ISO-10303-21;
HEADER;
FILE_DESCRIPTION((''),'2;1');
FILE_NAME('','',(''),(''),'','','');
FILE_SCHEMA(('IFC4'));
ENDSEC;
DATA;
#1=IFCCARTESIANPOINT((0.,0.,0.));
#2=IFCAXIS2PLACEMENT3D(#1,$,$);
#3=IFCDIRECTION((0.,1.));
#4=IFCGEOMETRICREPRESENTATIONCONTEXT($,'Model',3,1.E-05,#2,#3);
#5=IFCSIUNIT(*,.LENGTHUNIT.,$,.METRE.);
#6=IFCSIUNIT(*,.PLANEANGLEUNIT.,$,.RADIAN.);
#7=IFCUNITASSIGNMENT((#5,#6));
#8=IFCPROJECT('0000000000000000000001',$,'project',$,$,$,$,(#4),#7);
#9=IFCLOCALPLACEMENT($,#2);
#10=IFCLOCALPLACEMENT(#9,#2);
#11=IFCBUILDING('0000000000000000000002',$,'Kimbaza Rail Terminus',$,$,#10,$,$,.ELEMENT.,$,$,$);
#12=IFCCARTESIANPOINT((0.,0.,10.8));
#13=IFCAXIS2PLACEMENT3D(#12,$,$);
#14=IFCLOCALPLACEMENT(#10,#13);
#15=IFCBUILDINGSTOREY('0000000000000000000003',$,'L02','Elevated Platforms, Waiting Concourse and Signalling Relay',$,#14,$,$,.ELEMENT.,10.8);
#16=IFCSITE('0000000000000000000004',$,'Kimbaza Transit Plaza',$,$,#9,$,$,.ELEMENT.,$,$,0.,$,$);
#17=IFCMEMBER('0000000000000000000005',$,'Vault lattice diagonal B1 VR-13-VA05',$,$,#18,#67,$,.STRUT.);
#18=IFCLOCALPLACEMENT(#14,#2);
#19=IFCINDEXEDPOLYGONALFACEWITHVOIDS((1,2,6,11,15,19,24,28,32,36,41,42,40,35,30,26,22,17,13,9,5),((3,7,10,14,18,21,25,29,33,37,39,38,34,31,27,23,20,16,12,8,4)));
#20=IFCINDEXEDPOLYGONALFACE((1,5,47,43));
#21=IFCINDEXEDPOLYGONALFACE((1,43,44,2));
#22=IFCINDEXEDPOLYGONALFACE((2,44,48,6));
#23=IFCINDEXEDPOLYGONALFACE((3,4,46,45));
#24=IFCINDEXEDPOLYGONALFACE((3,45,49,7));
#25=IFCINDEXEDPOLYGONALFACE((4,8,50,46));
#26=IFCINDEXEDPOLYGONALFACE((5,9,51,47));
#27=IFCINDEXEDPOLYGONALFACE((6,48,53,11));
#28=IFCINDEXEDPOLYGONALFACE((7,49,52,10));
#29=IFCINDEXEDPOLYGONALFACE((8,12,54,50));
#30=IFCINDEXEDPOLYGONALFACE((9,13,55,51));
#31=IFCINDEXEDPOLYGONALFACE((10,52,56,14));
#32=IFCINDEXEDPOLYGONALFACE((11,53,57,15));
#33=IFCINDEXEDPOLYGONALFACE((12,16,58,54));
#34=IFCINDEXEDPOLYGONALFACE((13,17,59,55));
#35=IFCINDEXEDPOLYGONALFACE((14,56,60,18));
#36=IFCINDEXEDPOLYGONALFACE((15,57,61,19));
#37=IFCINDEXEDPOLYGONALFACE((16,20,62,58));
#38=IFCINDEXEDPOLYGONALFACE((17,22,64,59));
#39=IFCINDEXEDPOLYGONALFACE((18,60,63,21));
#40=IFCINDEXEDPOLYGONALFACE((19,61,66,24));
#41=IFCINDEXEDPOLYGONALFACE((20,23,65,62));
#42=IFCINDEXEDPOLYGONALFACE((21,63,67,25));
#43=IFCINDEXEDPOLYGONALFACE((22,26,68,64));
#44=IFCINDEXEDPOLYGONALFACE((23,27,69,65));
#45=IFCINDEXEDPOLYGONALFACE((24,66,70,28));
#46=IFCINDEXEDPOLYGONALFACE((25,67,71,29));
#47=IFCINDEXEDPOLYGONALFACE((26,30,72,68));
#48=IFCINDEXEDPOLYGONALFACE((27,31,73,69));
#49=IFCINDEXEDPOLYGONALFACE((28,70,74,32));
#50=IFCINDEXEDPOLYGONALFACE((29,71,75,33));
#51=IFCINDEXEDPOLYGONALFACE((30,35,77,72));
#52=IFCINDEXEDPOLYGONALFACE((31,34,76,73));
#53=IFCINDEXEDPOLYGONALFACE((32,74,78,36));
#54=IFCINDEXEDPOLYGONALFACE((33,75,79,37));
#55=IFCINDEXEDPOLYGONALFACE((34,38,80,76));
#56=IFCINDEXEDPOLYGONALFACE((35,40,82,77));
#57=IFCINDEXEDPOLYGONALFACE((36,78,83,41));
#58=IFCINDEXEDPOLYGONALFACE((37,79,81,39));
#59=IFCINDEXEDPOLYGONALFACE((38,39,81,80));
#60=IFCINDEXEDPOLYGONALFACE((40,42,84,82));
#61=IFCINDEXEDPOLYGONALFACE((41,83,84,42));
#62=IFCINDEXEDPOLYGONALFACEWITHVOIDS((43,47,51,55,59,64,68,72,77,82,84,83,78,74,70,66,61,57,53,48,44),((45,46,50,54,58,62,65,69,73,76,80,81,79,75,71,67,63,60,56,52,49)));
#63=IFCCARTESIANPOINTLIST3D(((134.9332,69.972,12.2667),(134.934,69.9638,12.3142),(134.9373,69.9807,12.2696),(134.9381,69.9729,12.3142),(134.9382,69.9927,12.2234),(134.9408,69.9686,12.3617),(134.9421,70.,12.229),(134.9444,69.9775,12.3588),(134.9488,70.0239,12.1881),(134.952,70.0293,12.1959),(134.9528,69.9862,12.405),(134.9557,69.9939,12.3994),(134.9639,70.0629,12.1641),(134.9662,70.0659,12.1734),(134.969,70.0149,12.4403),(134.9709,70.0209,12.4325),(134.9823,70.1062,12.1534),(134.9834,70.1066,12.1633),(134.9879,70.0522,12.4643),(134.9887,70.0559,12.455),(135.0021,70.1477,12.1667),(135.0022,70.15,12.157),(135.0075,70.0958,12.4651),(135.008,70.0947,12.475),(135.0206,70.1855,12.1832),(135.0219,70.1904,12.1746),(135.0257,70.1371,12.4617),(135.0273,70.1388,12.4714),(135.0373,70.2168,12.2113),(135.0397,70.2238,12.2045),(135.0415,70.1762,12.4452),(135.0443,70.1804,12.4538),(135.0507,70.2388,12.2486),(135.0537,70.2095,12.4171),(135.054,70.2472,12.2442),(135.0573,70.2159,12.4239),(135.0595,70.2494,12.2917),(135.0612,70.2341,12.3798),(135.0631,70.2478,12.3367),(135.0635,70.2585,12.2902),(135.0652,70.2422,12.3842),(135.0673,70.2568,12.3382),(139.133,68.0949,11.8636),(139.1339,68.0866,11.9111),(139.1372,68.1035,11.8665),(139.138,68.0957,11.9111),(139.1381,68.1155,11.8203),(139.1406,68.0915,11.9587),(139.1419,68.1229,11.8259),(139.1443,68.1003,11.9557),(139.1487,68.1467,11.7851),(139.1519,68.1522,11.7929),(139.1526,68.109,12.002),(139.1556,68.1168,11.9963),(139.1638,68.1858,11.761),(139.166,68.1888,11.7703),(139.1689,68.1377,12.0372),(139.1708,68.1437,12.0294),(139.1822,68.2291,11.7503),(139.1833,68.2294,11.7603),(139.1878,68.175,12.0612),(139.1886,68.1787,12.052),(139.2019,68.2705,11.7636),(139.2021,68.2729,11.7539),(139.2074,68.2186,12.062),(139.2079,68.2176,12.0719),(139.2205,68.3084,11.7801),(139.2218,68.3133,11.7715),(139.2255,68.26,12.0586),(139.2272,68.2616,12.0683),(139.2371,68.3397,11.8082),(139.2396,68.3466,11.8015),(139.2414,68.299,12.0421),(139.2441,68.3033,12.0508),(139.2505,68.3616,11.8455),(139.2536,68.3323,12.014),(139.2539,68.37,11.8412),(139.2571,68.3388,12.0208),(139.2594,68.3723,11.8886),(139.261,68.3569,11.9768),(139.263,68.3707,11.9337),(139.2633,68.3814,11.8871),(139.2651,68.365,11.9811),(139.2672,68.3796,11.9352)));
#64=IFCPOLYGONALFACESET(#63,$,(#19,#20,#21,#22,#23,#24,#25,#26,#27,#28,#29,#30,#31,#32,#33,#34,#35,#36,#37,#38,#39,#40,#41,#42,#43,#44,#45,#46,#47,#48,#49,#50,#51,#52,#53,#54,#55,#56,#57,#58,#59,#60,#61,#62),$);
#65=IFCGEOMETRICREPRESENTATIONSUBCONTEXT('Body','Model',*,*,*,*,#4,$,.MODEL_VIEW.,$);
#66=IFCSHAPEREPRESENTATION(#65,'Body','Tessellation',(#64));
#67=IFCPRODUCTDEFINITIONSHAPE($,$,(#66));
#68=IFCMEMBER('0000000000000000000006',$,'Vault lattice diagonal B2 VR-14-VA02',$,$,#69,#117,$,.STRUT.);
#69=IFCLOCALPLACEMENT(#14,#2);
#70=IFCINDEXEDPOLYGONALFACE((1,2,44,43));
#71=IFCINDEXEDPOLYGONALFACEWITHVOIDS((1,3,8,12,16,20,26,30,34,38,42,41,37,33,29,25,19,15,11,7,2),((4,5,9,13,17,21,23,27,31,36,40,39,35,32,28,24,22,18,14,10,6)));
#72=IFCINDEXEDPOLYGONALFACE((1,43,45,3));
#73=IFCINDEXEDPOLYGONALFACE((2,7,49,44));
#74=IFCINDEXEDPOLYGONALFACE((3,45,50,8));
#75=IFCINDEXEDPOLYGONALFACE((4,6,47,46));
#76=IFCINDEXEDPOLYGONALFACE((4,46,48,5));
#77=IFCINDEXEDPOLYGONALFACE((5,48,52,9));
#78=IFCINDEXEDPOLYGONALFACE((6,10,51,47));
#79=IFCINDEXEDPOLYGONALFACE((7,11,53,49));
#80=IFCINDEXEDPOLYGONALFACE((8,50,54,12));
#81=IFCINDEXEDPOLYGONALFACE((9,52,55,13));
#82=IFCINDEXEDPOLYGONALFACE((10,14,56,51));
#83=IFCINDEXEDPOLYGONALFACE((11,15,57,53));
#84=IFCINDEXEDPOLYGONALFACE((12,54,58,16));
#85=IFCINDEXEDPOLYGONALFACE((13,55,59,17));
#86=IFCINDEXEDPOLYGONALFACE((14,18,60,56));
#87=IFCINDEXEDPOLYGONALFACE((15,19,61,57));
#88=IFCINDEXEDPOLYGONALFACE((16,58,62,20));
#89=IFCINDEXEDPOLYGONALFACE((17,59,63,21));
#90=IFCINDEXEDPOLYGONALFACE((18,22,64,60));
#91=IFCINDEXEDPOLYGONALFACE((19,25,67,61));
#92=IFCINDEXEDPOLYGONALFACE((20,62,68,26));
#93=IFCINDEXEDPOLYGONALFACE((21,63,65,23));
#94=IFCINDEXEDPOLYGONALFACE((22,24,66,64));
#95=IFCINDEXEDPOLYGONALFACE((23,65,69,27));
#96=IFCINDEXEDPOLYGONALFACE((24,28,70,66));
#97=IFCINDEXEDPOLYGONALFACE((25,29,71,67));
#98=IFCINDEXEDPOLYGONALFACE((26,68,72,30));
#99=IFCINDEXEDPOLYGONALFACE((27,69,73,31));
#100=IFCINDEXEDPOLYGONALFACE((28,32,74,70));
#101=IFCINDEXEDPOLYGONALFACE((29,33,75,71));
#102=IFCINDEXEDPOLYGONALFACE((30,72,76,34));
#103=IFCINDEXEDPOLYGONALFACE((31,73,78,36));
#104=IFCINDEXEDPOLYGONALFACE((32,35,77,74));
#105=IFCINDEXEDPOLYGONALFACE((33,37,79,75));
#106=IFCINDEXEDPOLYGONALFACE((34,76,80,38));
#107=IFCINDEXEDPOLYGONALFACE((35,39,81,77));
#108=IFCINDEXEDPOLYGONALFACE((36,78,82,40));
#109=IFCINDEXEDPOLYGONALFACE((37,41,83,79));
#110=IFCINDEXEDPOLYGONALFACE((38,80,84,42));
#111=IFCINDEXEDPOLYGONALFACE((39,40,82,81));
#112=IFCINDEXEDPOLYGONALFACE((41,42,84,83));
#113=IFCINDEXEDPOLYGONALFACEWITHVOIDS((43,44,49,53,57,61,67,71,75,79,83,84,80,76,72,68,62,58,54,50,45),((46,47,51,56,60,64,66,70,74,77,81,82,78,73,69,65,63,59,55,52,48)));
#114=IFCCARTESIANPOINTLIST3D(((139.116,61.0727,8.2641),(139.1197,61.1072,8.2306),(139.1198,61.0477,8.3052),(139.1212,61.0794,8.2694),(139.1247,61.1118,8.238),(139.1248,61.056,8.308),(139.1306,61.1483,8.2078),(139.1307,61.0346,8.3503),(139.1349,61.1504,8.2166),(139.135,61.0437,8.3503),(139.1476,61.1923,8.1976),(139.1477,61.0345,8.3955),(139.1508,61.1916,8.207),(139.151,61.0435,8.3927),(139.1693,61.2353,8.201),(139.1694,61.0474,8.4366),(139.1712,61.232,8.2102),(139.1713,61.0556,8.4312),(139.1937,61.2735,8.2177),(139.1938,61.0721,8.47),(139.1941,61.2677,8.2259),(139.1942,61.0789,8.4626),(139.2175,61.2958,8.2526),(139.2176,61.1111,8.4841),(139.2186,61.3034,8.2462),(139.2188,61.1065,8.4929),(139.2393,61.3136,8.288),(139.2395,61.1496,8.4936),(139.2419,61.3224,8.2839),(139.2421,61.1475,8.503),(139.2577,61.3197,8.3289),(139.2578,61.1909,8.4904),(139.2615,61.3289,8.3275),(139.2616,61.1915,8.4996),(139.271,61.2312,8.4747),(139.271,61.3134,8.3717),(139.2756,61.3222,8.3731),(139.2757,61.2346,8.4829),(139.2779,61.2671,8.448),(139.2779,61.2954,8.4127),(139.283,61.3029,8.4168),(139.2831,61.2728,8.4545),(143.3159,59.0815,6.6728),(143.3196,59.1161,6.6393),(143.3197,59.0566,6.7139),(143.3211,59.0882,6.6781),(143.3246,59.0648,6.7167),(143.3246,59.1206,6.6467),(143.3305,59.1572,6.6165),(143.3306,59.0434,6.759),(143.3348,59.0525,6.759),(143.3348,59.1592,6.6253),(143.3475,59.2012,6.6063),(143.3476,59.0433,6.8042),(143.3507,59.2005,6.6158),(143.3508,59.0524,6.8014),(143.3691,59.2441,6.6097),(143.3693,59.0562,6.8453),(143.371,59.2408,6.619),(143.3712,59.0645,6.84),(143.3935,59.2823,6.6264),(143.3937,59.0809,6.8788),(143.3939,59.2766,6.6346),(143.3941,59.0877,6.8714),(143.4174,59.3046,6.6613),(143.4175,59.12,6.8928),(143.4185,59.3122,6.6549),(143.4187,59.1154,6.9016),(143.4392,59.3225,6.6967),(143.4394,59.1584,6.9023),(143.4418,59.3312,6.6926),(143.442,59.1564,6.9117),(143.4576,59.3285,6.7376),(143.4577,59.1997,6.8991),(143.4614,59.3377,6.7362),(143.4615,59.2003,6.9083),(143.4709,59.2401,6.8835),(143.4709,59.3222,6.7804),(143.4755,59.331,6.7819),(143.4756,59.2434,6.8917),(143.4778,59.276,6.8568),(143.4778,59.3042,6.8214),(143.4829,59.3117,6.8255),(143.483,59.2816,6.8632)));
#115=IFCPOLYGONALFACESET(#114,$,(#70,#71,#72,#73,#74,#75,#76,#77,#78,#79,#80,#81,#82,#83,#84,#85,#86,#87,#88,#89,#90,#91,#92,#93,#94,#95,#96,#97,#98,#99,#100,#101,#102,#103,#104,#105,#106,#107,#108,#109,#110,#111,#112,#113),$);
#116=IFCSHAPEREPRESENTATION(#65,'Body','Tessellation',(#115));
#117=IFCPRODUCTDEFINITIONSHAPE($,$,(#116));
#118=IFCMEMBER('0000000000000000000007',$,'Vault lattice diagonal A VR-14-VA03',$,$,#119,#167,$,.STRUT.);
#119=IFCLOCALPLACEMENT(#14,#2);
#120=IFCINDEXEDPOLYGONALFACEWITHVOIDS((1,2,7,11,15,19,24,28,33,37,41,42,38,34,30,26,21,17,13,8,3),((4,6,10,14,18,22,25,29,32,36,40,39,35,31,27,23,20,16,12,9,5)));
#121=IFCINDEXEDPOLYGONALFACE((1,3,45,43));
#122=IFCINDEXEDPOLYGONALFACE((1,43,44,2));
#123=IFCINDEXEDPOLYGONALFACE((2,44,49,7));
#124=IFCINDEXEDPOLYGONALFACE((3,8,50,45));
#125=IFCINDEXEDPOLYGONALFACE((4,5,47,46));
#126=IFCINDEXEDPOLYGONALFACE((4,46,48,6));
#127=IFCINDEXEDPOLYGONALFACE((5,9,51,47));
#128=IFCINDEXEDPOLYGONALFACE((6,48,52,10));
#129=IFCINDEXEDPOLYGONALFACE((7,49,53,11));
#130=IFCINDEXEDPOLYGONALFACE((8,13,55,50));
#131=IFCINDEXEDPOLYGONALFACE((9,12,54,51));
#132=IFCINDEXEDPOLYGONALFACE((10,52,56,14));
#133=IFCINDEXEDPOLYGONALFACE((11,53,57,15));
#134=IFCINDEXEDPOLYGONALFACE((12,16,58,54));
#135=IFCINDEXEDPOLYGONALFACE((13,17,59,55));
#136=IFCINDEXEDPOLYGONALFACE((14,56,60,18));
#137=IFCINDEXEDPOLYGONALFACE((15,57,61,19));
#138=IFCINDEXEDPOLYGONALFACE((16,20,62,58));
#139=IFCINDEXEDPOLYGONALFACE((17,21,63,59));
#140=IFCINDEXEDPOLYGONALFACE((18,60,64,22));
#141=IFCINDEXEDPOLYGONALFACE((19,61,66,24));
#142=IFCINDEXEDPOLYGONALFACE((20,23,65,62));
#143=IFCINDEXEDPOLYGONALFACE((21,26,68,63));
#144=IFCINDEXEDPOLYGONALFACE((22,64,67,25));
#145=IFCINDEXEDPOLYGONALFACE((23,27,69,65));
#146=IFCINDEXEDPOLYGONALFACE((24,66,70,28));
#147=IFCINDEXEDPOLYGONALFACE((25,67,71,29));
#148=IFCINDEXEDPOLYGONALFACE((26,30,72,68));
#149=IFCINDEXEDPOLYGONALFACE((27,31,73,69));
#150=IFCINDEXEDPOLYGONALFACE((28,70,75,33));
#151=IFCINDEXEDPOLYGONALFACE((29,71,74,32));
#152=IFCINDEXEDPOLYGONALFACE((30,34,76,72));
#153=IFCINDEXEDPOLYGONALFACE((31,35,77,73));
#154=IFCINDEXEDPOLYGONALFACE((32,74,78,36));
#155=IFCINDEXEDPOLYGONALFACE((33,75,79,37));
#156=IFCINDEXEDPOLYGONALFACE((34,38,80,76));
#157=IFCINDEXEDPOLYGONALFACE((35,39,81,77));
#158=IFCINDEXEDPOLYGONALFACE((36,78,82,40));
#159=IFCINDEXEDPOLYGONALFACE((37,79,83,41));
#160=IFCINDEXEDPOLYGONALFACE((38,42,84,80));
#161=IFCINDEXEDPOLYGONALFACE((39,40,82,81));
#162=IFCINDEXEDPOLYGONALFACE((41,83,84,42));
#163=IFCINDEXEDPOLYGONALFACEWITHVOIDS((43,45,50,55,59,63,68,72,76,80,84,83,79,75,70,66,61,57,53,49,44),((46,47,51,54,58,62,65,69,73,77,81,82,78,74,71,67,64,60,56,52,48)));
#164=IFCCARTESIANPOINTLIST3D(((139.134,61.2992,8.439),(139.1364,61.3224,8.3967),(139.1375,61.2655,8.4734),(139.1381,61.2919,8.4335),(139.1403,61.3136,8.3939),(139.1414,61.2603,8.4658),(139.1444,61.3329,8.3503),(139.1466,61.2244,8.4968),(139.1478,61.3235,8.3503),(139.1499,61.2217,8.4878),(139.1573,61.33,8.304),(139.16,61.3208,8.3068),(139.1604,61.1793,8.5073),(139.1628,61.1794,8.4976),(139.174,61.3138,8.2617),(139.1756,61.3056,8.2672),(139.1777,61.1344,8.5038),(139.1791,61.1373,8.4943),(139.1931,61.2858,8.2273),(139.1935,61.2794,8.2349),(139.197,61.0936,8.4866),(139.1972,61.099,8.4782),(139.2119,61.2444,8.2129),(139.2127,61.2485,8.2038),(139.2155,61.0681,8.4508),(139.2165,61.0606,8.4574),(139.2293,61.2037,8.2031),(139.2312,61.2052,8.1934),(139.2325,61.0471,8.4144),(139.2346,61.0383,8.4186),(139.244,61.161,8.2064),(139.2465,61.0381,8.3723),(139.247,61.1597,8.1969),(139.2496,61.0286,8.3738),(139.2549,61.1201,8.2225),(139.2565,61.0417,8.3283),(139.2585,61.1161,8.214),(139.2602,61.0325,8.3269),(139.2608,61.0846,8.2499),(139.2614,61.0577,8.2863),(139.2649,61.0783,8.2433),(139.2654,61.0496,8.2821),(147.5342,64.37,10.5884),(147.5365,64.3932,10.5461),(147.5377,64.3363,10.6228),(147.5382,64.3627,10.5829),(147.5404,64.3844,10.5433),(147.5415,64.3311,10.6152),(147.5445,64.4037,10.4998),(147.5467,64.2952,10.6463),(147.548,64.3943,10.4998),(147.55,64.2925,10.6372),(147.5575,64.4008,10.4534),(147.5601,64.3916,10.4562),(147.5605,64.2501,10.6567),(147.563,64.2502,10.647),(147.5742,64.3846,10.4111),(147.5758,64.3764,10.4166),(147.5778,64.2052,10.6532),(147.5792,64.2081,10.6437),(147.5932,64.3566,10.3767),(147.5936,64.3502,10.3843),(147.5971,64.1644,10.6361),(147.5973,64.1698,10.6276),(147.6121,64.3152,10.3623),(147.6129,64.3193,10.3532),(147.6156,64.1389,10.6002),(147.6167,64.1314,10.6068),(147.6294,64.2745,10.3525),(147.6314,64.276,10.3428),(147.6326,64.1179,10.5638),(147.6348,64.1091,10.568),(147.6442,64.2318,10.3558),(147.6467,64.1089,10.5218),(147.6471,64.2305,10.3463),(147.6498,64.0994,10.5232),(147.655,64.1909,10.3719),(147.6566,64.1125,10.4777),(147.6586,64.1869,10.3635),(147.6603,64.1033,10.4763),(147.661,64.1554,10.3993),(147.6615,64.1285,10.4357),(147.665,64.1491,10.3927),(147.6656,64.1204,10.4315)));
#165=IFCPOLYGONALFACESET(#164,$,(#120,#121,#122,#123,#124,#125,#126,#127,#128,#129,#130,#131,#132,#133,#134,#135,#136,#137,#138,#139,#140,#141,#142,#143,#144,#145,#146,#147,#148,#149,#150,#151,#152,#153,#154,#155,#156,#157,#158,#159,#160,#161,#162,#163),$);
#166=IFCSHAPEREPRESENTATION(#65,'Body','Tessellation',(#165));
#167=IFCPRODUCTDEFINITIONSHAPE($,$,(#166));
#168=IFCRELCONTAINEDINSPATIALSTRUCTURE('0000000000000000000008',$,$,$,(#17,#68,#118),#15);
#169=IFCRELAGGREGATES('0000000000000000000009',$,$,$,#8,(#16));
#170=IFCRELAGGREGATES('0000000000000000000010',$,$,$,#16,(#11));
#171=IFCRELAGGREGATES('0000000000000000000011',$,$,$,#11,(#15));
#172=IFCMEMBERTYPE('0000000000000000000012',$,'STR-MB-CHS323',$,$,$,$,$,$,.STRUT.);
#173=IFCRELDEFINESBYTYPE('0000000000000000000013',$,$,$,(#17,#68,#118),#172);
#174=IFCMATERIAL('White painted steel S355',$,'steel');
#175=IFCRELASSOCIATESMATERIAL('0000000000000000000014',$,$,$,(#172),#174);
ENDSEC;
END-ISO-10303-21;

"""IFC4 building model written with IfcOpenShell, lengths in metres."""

from ifc_helpers import new_model, si_unit, direction, frame, origin, origin_2d, place, context, subcontext, project, spatial, hollow_circle, extrude, material, material_profile, profile_set, type_object, element, save


model = new_model("IFC4")

# Units and contexts
model_context = context("Model", 3, precision=1e-05, world=origin(), true_north=direction((0.0, 1.0)))
body_context = subcontext(model_context, "Body", "Model", "MODEL_VIEW")
ifc_project = project(units=[si_unit("LENGTHUNIT", "METRE"), si_unit("PLANEANGLEUNIT", "RADIAN")], contexts=[model_context])

# Site, building, storey
site_placement = place(None, origin())
site = spatial("IfcSite", under=ifc_project, at=site_placement, Name="Kimbaza Transit Plaza", CompositionType="ELEMENT", RefElevation=0.0)
building_placement = place(site_placement, origin())
building = spatial("IfcBuilding", under=site, at=building_placement, Name="Kimbaza Rail Terminus", CompositionType="ELEMENT")
storey_placement = place(building_placement, frame((0.0, 0.0, 10.8)))
storey = spatial("IfcBuildingStorey", under=building, at=storey_placement, Name="L02", Description="Elevated Platforms, Waiting Concourse and Signalling Relay", CompositionType="ELEMENT", Elevation=10.8)

# Members
ifc_material_1 = material(Name="White painted steel S355", Category="steel")
ifc_material_profile_1 = material_profile(ifc_material_1, hollow_circle(Radius=0.1619, WallThickness=0.01, at=origin_2d()), Name="CHS 323.9x10")
ifc_profile_set_1 = profile_set([ifc_material_profile_1], Name="White painted steel S355")
member_type_1 = type_object("IfcMemberType", Name="STR-MB-CHS323", PredefinedType="STRUT", material=ifc_profile_set_1)
member_1_placement = place(storey_placement, frame((139.2, 68.2344, 11.9111), z_axis=(-0.909474, 0.406496, 0.087284), x_axis=(-0.408053, -0.912958, 0.0)))
element("IfcMember", 1, at=member_1_placement, inside=storey, type_object=member_type_1, Name="Vault lattice diagonal B1 VR-13-VA05", PredefinedType="STRUT", context=body_context, shape_type="SweptSolid", body=[
    extrude(hollow_circle(Radius=0.1619, WallThickness=0.01, at=origin_2d()), origin(), (0.0, 0.0, 1.0), 4.6179),
])
member_2_placement = place(storey_placement, frame((143.3999, 59.1897, 6.759), z_axis=(-0.854879, 0.405301, 0.323903), x_axis=(-0.428396, -0.903591, 0.0)))
element("IfcMember", 2, at=member_2_placement, inside=storey, type_object=member_type_1, Name="Vault lattice diagonal B2 VR-14-VA02", PredefinedType="STRUT", context=body_context, shape_type="SweptSolid", body=[
    extrude(hollow_circle(Radius=0.1619, WallThickness=0.01, at=origin_2d()), origin(), (0.0, 0.0, 1.0), 4.9128),
])
member_3_placement = place(storey_placement, frame((139.2, 61.1809, 8.3503), z_axis=(0.913209, 0.333837, 0.23367), x_axis=(-0.343343, 0.93921, 0.0)))
element("IfcMember", 3, at=member_3_placement, inside=storey, type_object=member_type_1, Name="Vault lattice diagonal A VR-14-VA03", PredefinedType="STRUT", context=body_context, shape_type="SweptSolid", body=[
    extrude(hollow_circle(Radius=0.1619, WallThickness=0.01, at=origin_2d()), origin(), (0.0, 0.0, 1.0), 9.1985),
])

save(model, "model.ifc")
